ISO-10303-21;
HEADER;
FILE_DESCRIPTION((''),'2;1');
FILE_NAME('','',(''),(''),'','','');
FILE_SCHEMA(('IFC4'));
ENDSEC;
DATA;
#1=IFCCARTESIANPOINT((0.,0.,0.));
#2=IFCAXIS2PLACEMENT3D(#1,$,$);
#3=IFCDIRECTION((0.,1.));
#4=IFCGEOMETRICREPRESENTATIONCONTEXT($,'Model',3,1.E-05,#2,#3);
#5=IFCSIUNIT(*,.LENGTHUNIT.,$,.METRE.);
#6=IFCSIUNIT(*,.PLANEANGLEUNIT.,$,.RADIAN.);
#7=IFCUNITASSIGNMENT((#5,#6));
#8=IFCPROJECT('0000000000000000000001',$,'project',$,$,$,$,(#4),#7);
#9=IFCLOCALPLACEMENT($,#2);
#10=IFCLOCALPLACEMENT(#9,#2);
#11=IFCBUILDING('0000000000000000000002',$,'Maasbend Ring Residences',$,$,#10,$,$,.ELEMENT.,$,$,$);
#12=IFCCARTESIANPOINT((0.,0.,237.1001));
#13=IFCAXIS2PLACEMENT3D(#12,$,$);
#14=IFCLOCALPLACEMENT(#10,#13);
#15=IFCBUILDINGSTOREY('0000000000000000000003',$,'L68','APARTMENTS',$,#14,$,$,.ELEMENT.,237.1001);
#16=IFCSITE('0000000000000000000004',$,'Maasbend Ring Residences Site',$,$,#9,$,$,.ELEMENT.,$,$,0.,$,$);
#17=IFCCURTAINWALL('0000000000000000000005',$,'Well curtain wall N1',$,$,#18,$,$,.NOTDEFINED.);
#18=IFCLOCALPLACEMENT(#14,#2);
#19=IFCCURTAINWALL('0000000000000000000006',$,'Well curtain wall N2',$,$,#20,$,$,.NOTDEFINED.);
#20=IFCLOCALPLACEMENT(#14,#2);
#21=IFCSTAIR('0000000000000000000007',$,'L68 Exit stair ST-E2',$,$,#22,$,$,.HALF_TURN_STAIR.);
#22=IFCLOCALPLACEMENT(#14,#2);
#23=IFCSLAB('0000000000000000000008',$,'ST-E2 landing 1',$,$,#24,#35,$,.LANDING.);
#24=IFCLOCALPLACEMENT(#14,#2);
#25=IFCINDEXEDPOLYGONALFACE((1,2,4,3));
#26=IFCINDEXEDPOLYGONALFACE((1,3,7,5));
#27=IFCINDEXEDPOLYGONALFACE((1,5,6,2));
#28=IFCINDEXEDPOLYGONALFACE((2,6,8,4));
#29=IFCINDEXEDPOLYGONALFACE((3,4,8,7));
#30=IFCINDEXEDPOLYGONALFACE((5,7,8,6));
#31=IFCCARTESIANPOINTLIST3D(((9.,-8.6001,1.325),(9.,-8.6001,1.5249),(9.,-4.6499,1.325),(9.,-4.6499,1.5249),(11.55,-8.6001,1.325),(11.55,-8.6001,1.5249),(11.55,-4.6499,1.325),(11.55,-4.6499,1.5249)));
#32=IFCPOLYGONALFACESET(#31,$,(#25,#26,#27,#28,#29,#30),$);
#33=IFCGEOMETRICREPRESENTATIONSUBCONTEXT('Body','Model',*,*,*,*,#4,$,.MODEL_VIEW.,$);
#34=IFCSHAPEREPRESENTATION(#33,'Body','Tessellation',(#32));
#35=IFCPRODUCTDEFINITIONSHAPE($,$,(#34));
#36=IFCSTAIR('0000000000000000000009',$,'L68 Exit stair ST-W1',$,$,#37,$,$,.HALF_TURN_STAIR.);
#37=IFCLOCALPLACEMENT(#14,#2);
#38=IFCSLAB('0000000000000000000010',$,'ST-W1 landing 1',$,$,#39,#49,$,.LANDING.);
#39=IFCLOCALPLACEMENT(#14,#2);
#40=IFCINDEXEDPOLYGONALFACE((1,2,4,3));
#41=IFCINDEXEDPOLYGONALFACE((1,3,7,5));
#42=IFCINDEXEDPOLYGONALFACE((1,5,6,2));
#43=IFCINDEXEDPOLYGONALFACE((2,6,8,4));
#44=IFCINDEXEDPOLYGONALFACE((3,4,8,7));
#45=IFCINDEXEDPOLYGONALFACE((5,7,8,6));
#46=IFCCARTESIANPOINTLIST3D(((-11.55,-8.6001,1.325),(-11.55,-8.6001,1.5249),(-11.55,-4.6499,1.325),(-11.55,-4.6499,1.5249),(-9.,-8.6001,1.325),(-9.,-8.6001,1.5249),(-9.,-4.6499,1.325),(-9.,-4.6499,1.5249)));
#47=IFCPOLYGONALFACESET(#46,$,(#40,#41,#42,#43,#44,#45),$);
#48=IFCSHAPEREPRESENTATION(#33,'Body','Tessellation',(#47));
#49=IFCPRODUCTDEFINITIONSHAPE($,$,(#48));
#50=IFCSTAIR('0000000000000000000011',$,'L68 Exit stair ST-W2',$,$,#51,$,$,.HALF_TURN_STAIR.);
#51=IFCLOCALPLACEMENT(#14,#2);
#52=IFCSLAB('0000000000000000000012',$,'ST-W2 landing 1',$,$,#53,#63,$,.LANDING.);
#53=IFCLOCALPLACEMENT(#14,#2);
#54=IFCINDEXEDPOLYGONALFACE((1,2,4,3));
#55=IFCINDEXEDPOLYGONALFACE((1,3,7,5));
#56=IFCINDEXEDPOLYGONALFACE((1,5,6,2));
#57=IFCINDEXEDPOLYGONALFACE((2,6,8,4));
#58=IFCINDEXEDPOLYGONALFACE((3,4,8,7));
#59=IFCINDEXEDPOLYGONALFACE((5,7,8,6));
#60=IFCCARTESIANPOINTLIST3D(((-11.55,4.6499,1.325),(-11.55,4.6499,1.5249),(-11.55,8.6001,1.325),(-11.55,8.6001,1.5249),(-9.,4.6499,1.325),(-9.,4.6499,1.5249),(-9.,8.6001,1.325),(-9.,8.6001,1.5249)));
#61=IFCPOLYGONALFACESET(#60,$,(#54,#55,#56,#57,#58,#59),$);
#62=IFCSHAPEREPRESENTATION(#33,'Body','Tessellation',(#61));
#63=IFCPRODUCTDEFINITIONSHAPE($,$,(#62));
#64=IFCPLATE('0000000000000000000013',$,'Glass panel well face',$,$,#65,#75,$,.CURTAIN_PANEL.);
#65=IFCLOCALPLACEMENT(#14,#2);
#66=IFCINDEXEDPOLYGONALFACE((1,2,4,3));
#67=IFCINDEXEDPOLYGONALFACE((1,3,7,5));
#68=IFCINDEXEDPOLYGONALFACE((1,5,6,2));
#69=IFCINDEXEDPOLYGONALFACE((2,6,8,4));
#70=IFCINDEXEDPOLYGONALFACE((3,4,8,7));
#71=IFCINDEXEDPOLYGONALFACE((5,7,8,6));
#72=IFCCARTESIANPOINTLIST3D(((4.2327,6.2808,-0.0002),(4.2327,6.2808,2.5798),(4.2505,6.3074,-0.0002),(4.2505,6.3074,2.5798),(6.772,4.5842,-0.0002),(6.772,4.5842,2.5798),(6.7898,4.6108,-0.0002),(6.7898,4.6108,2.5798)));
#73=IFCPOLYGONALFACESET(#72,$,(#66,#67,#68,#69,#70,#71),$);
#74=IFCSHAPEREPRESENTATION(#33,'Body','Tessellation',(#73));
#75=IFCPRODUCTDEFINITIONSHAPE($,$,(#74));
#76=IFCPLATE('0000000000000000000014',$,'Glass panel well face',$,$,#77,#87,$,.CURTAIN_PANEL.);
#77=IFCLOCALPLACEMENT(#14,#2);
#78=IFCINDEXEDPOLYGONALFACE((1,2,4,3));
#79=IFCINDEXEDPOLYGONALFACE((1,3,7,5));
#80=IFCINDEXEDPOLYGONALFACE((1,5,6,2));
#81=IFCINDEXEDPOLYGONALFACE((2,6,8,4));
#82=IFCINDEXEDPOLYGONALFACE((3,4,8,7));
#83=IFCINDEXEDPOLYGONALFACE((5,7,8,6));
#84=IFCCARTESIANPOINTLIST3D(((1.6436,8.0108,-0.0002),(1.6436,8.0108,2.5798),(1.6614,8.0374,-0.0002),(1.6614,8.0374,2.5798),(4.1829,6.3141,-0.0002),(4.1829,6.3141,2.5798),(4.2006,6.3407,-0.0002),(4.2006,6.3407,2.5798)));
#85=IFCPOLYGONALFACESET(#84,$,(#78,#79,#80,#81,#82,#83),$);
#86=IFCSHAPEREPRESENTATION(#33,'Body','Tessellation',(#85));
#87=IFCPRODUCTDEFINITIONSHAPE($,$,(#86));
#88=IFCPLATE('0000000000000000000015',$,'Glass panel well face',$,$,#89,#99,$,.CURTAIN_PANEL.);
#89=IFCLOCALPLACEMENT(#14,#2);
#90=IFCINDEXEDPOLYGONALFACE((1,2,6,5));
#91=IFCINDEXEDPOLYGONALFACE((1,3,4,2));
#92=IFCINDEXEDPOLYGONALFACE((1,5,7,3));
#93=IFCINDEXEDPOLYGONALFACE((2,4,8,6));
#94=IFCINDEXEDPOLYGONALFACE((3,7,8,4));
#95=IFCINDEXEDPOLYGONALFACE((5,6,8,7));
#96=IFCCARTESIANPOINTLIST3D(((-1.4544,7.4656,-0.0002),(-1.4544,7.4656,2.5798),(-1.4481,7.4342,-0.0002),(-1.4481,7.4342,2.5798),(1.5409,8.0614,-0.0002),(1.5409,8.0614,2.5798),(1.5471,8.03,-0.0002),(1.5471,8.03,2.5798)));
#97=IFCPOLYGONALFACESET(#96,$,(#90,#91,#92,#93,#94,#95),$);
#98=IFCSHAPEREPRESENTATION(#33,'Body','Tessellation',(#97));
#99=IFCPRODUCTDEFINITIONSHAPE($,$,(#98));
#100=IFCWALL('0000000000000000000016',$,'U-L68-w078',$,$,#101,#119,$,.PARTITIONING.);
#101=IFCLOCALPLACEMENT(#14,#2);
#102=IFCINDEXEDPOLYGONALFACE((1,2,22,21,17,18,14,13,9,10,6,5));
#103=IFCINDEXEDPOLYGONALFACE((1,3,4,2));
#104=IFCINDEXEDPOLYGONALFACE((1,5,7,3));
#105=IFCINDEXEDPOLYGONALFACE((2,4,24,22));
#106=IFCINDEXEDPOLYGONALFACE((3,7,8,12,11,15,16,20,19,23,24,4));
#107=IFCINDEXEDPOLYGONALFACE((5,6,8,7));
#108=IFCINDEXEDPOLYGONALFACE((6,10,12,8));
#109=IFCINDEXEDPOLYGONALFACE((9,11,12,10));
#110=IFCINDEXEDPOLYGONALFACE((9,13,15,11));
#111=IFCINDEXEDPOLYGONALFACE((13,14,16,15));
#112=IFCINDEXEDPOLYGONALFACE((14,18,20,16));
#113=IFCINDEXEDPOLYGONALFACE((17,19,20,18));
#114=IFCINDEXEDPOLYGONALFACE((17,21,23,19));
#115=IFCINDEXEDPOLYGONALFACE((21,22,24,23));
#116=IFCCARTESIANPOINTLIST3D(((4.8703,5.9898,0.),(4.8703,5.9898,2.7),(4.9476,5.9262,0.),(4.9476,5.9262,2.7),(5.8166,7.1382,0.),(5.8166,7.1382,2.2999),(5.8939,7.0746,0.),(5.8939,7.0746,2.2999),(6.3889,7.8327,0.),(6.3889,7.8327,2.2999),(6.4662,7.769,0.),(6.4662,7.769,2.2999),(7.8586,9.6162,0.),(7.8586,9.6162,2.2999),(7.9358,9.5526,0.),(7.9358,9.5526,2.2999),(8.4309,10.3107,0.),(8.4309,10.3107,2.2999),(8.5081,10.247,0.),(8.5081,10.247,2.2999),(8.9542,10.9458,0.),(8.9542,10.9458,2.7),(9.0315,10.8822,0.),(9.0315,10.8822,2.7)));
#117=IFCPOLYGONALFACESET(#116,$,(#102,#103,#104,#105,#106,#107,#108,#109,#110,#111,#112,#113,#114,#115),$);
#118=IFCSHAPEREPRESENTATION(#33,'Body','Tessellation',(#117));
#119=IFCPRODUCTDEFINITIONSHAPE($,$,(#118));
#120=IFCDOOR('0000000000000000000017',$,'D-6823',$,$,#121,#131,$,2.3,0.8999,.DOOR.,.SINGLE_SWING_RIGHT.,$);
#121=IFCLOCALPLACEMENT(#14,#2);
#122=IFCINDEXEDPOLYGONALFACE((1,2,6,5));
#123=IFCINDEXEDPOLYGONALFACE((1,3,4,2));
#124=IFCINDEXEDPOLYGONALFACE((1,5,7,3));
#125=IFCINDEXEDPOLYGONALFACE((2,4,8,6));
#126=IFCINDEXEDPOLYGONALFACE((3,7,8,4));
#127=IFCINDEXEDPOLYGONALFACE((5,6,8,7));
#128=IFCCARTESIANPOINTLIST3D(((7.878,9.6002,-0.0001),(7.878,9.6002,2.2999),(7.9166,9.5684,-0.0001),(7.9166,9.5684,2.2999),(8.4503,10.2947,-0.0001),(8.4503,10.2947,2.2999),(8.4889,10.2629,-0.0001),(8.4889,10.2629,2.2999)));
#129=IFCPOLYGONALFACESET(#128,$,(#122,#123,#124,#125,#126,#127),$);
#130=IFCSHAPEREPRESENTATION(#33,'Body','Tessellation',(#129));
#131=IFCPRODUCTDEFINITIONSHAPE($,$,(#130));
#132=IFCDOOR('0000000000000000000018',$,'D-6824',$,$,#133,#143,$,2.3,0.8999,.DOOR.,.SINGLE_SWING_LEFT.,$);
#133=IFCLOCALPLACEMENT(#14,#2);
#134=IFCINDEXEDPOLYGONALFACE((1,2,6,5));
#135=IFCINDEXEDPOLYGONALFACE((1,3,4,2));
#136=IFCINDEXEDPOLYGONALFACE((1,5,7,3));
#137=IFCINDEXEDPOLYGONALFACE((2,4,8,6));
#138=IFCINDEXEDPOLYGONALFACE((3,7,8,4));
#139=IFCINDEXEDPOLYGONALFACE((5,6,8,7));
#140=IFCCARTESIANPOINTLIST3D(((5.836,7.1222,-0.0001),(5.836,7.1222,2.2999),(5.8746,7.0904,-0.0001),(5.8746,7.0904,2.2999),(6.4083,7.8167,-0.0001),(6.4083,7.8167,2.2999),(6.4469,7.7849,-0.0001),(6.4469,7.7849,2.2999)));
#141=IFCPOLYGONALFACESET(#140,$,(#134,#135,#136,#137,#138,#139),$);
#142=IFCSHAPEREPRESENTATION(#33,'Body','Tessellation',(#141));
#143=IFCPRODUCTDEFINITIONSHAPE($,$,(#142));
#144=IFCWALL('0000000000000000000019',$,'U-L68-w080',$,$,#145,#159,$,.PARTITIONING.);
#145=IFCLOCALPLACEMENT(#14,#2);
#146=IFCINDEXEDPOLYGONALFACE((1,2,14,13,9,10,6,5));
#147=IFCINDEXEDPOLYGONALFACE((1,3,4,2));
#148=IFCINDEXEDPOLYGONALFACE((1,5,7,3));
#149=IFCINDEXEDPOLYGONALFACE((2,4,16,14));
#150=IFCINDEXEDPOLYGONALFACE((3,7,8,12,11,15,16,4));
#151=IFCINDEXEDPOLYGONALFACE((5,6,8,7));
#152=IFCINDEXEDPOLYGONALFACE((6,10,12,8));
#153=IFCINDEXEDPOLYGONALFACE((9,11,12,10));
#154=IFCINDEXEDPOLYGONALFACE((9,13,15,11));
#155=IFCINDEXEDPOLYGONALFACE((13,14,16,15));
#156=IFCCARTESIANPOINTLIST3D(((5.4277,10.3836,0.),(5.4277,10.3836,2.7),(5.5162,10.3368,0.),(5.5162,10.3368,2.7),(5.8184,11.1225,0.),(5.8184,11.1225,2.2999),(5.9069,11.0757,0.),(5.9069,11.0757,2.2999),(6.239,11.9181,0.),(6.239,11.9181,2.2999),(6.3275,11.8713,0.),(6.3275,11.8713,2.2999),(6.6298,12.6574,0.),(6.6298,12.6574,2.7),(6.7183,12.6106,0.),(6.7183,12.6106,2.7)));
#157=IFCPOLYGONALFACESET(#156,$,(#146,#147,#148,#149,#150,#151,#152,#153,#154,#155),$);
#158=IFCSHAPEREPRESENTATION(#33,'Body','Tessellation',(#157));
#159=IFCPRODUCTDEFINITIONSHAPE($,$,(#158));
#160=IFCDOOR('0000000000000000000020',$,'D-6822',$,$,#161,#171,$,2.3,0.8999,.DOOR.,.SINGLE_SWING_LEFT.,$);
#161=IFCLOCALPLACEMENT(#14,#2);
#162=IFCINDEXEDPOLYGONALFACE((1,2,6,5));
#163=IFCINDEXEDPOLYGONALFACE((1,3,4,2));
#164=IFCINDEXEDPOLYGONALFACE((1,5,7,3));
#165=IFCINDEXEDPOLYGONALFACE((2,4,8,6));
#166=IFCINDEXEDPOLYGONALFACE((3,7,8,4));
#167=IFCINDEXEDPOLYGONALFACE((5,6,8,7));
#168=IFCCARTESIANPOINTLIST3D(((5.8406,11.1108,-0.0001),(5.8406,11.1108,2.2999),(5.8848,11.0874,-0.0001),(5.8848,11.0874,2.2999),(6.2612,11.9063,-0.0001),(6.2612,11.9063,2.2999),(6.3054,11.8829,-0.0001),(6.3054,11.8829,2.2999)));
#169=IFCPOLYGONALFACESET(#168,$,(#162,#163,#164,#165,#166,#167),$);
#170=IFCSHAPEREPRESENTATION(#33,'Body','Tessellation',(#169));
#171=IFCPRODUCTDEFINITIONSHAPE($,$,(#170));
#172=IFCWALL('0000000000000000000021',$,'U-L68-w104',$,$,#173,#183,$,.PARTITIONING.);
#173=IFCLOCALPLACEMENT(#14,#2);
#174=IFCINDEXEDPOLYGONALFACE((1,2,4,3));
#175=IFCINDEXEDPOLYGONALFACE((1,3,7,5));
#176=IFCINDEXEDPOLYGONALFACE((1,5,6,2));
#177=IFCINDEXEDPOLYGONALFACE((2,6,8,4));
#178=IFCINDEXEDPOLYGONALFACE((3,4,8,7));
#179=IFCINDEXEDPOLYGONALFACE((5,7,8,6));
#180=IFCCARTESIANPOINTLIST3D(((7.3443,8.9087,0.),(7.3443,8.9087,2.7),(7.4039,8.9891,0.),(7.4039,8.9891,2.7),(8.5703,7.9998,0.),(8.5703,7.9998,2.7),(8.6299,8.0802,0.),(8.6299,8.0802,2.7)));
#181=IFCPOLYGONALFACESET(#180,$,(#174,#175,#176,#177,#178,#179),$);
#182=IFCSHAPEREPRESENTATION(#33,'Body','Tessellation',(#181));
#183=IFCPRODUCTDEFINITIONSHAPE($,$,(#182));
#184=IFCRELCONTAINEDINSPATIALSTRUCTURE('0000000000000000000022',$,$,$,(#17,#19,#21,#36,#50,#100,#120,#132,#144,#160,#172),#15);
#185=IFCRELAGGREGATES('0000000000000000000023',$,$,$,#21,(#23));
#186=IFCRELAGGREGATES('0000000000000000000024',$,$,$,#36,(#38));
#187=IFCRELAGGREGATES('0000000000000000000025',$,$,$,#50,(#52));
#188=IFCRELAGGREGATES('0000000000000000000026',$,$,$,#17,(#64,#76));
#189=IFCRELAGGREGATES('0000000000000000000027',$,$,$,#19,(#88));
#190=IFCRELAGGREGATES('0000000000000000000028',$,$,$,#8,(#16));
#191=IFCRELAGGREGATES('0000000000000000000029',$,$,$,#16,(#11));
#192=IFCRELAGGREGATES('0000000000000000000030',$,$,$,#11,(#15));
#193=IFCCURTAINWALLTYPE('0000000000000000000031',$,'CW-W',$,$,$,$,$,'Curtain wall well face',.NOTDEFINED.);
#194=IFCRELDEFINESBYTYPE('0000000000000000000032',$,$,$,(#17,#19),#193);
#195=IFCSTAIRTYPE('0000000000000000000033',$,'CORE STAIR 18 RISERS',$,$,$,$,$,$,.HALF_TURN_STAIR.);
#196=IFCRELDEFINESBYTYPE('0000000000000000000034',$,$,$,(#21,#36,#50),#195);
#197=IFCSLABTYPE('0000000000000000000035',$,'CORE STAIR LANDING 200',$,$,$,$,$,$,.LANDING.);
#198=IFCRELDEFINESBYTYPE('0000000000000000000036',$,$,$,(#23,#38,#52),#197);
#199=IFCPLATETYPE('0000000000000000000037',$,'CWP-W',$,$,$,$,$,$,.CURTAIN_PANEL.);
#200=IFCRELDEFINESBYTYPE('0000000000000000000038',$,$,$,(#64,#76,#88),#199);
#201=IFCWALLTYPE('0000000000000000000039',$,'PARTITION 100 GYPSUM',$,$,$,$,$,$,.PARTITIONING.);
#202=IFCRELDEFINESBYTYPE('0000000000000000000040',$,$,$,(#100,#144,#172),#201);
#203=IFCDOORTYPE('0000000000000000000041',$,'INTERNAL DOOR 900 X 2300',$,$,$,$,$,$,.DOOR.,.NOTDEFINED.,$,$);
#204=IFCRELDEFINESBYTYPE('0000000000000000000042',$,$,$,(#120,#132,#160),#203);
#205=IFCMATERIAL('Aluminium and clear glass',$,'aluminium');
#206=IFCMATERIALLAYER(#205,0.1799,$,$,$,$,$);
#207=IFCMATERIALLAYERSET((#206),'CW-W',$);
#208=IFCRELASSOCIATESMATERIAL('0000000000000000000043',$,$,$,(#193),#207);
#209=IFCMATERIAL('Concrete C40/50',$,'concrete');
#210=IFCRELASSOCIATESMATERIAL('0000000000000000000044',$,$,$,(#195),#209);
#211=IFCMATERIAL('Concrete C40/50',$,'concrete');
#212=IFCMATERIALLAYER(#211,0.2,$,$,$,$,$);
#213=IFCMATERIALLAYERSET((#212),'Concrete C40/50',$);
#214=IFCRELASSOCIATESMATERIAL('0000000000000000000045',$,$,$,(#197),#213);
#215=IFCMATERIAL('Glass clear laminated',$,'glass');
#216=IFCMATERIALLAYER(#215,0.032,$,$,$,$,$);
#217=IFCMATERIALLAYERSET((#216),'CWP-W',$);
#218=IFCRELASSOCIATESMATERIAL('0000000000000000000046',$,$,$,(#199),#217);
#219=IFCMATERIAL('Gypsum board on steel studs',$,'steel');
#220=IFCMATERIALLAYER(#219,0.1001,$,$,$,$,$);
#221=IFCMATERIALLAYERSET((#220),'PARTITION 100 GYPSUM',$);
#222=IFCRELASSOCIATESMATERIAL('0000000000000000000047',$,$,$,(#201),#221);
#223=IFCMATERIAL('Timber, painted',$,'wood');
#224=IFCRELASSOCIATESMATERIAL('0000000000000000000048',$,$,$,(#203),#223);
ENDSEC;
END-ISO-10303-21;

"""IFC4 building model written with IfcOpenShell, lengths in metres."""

from ifc_helpers import new_model, si_unit, direction, frame, frame_2d, origin, origin_2d, place, context, subcontext, project, spatial, polyline, rectangle, outline, extrude, material, layer, layer_set, type_object, element, fill, aggregate, save


model = new_model("IFC4")

# Units and contexts
model_context = context("Model", 3, precision=1e-05, world=origin(), true_north=direction((0.0, 1.0)))
body_context = subcontext(model_context, "Body", "Model", "MODEL_VIEW")
ifc_project = project(units=[si_unit("LENGTHUNIT", "METRE"), si_unit("PLANEANGLEUNIT", "RADIAN")], contexts=[model_context])

# Site, building, storey
site_placement = place(None, origin())
site = spatial("IfcSite", under=ifc_project, at=site_placement, Name="Maasbend Ring Residences Site", CompositionType="ELEMENT", RefElevation=0.0)
building_placement = place(site_placement, origin())
building = spatial("IfcBuilding", under=site, at=building_placement, Name="Maasbend Ring Residences", CompositionType="ELEMENT")
storey_placement = place(building_placement, frame((0.0, 0.0, 237.1001)))
storey = spatial("IfcBuildingStorey", under=building, at=storey_placement, Name="L68", Description="APARTMENTS", CompositionType="ELEMENT", Elevation=237.1001)

# Curtain wall
ifc_material_1 = material(Name="Aluminium and clear glass", Category="aluminium")
ifc_layer_1 = layer(ifc_material_1, 0.1799)
ifc_layer_set_1 = layer_set([ifc_layer_1], Name="CW-W")
curtain_wall_type = type_object("IfcCurtainWallType", Name="CW-W", ElementType="Curtain wall well face", PredefinedType="NOTDEFINED", material=ifc_layer_set_1)
curtain_wall_1_placement = place(storey_placement, origin())
curtain_wall_1 = element("IfcCurtainWall", 1, at=curtain_wall_1_placement, inside=storey, type_object=curtain_wall_type, Name="Well curtain wall N1", PredefinedType="NOTDEFINED")

# Curtain wall
curtain_wall_2_placement = place(storey_placement, origin())
curtain_wall_2 = element("IfcCurtainWall", 2, at=curtain_wall_2_placement, inside=storey, type_object=curtain_wall_type, Name="Well curtain wall N2", PredefinedType="NOTDEFINED")

# Stairs, slabs
ifc_material_2 = material(Name="Concrete C40/50", Category="concrete")
stair_type = type_object("IfcStairType", Name="CORE STAIR 18 RISERS", PredefinedType="HALF_TURN_STAIR", material=ifc_material_2)
stair_1_placement = place(storey_placement, origin())
stair_1 = element("IfcStair", 3, at=stair_1_placement, inside=storey, type_object=stair_type, Name="L68 Exit stair ST-E2", PredefinedType="HALF_TURN_STAIR")
ifc_material_3 = material(Name="Concrete C40/50", Category="concrete")
ifc_layer_2 = layer(ifc_material_3, 0.2)
ifc_layer_set_2 = layer_set([ifc_layer_2], Name="Concrete C40/50")
slab_type = type_object("IfcSlabType", Name="CORE STAIR LANDING 200", PredefinedType="LANDING", material=ifc_layer_set_2)
slab_1_placement = place(storey_placement, frame((0.0, 0.0, 1.325)))
slab_1 = element("IfcSlab", 4, at=slab_1_placement, type_object=slab_type, Name="ST-E2 landing 1", PredefinedType="LANDING", context=body_context, shape_type="SweptSolid", body=[
    extrude(outline(polyline([(11.55, -4.6499), (9.0, -4.6499), (9.0, -8.6001), (11.55, -8.6001), (11.55, -4.6499)])), origin(), (0.0, 0.0, 1.0), 0.2),
])
aggregate(stair_1, [slab_1])
stair_2_placement = place(storey_placement, origin())
stair_2 = element("IfcStair", 5, at=stair_2_placement, inside=storey, type_object=stair_type, Name="L68 Exit stair ST-W1", PredefinedType="HALF_TURN_STAIR")
slab_2_placement = place(storey_placement, frame((0.0, 0.0, 1.325)))
slab_2 = element("IfcSlab", 6, at=slab_2_placement, type_object=slab_type, Name="ST-W1 landing 1", PredefinedType="LANDING", context=body_context, shape_type="SweptSolid", body=[
    extrude(outline(polyline([(-11.55, -8.6001), (-9.0, -8.6001), (-9.0, -4.6499), (-11.55, -4.6499), (-11.55, -8.6001)])), origin(), (0.0, 0.0, 1.0), 0.2),
])
aggregate(stair_2, [slab_2])
stair_3_placement = place(storey_placement, origin())
stair_3 = element("IfcStair", 7, at=stair_3_placement, inside=storey, type_object=stair_type, Name="L68 Exit stair ST-W2", PredefinedType="HALF_TURN_STAIR")
slab_3_placement = place(storey_placement, frame((0.0, 0.0, 1.325)))
slab_3 = element("IfcSlab", 8, at=slab_3_placement, type_object=slab_type, Name="ST-W2 landing 1", PredefinedType="LANDING", context=body_context, shape_type="SweptSolid", body=[
    extrude(outline(polyline([(-11.55, 4.6499), (-9.0, 4.6499), (-9.0, 8.6001), (-11.55, 8.6001), (-11.55, 4.6499)])), origin(), (0.0, 0.0, 1.0), 0.2),
])
aggregate(stair_3, [slab_3])

# Plates
ifc_material_4 = material(Name="Glass clear laminated", Category="glass")
ifc_layer_3 = layer(ifc_material_4, 0.032)
ifc_layer_set_3 = layer_set([ifc_layer_3], Name="CWP-W")
plate_type = type_object("IfcPlateType", Name="CWP-W", PredefinedType="CURTAIN_PANEL", material=ifc_layer_set_3)
plate_1_placement = place(storey_placement, frame((5.5112, 5.4458, -0.0002), z_axis=(0.0, 0.0, 1.0), x_axis=(-0.83147, 0.55557, 0.0)))
plate_1 = element("IfcPlate", 9, at=plate_1_placement, type_object=plate_type, Name="Glass panel well face", PredefinedType="CURTAIN_PANEL", context=body_context, shape_type="SweptSolid", body=[
    extrude(rectangle(XDim=3.054, YDim=0.032, at=origin_2d()), origin(), (0.0, 0.0, 1.0), 2.5801),
])
plate_2_placement = place(storey_placement, frame((2.9221, 7.1758, -0.0002), z_axis=(0.0, 0.0, 1.0), x_axis=(-0.83147, 0.55557, 0.0)))
plate_2 = element("IfcPlate", 10, at=plate_2_placement, type_object=plate_type, Name="Glass panel well face", PredefinedType="CURTAIN_PANEL", context=body_context, shape_type="SweptSolid", body=[
    extrude(rectangle(XDim=3.054, YDim=0.032, at=origin_2d()), origin(), (0.0, 0.0, 1.0), 2.5801),
])
aggregate(curtain_wall_1, [plate_1, plate_2])
plate_3_placement = place(storey_placement, frame((0.0464, 7.7478, -0.0002), z_axis=(0.0, 0.0, 1.0), x_axis=(-0.980785, -0.19509, 0.0)))
plate_3 = element("IfcPlate", 11, at=plate_3_placement, type_object=plate_type, Name="Glass panel well face", PredefinedType="CURTAIN_PANEL", context=body_context, shape_type="SweptSolid", body=[
    extrude(rectangle(XDim=3.054, YDim=0.032, at=origin_2d()), origin(), (0.0, 0.0, 1.0), 2.5801),
])
aggregate(curtain_wall_2, [plate_3])

# Wall, openings, doors
ifc_material_5 = material(Name="Gypsum board on steel studs", Category="steel")
ifc_layer_4 = layer(ifc_material_5, 0.1001)
ifc_layer_set_4 = layer_set([ifc_layer_4], Name="PARTITION 100 GYPSUM")
wall_type_1 = type_object("IfcWallType", Name="PARTITION 100 GYPSUM", PredefinedType="PARTITIONING", material=ifc_layer_set_4)
wall_1_placement = place(storey_placement, frame((4.9089, 5.958, 0.0), z_axis=(0.0, 0.0, 1.0), x_axis=(0.635942, 0.771737, 0.0)))
wall_1 = element("IfcWall", 12, at=wall_1_placement, inside=storey, type_object=wall_type_1, Name="U-L68-w078", PredefinedType="PARTITIONING", context=body_context, shape_type="SweptSolid", body=[
    extrude(rectangle(XDim=6.4219, YDim=0.1001, at=frame_2d((3.2109, 0.0))), origin(), (0.0, 0.0, 1.0), 2.7),
])
opening_1_placement = place(wall_1_placement, frame((4.699, 0.0, 0.0)))
opening_1 = element("IfcOpeningElement", 13, at=opening_1_placement, cuts=wall_1, PredefinedType="OPENING", context=body_context, shape_type="SweptSolid", body=[
    extrude(rectangle(XDim=0.8999, YDim=2.3, at=frame_2d((0.45, 1.1499))), frame((0.0, 0.0601, 0.0), z_axis=(0.0, -1.0, 0.0), x_axis=(1.0, 0.0, 0.0)), (0.0, 0.0, 1.0), 0.1201),
])
opening_2_placement = place(wall_1_placement, frame((1.488, 0.0, 0.0)))
opening_2 = element("IfcOpeningElement", 14, at=opening_2_placement, cuts=wall_1, PredefinedType="OPENING", context=body_context, shape_type="SweptSolid", body=[
    extrude(rectangle(XDim=0.8999, YDim=2.3, at=frame_2d((0.45, 1.1499))), frame((0.0, 0.0601, 0.0), z_axis=(0.0, -1.0, 0.0), x_axis=(1.0, 0.0, 0.0)), (0.0, 0.0, 1.0), 0.1201),
])
ifc_material_6 = material(Name="Timber, painted", Category="wood")
door_type = type_object("IfcDoorType", Name="INTERNAL DOOR 900 X 2300", OperationType="NOTDEFINED", PredefinedType="DOOR", material=ifc_material_6)
door_1_placement = place(opening_1_placement, origin())
door_1 = element("IfcDoor", 15, at=door_1_placement, inside=storey, type_object=door_type, Name="D-6823", OperationType="SINGLE_SWING_RIGHT", OverallHeight=2.3, OverallWidth=0.8999, PredefinedType="DOOR", context=body_context, shape_type="SweptSolid", body=[
    extrude(rectangle(XDim=0.8999, YDim=2.3, at=frame_2d((0.45, 1.1499))), frame((0.0, 0.0249, 0.0), z_axis=(0.0, -1.0, 0.0), x_axis=(1.0, 0.0, 0.0)), (0.0, 0.0, 1.0), 0.05),
])
fill(opening_1, door_1)
door_2_placement = place(opening_2_placement, origin())
door_2 = element("IfcDoor", 16, at=door_2_placement, inside=storey, type_object=door_type, Name="D-6824", OperationType="SINGLE_SWING_LEFT", OverallHeight=2.3, OverallWidth=0.8999, PredefinedType="DOOR", context=body_context, shape_type="SweptSolid", body=[
    extrude(rectangle(XDim=0.8999, YDim=2.3, at=frame_2d((0.45, 1.1499))), frame((0.0, 0.0249, 0.0), z_axis=(0.0, -1.0, 0.0), x_axis=(1.0, 0.0, 0.0)), (0.0, 0.0, 1.0), 0.05),
])
fill(opening_2, door_2)

# Wall, opening, door
wall_2_placement = place(storey_placement, frame((5.4719, 10.3601, 0.0), z_axis=(0.0, 0.0, 1.0), x_axis=(0.467373, 0.88406, 0.0)))
wall_2 = element("IfcWall", 17, at=wall_2_placement, inside=storey, type_object=wall_type_1, Name="U-L68-w080", PredefinedType="PARTITIONING", context=body_context, shape_type="SweptSolid", body=[
    extrude(rectangle(XDim=2.572, YDim=0.1001, at=frame_2d((1.2861, 0.0))), origin(), (0.0, 0.0, 1.0), 2.7),
])
opening_3_placement = place(wall_2_placement, frame((0.8359, 0.0, 0.0)))
opening_3 = element("IfcOpeningElement", 18, at=opening_3_placement, cuts=wall_2, PredefinedType="OPENING", context=body_context, shape_type="SweptSolid", body=[
    extrude(rectangle(XDim=0.8999, YDim=2.3, at=frame_2d((0.45, 1.1499))), frame((0.0, 0.0601, 0.0), z_axis=(0.0, -1.0, 0.0), x_axis=(1.0, 0.0, 0.0)), (0.0, 0.0, 1.0), 0.1201),
])
door_3_placement = place(opening_3_placement, origin())
door_3 = element("IfcDoor", 19, at=door_3_placement, inside=storey, type_object=door_type, Name="D-6822", OperationType="SINGLE_SWING_LEFT", OverallHeight=2.3, OverallWidth=0.8999, PredefinedType="DOOR", context=body_context, shape_type="SweptSolid", body=[
    extrude(rectangle(XDim=0.8999, YDim=2.3, at=frame_2d((0.45, 1.1499))), frame((0.0, 0.0249, 0.0), z_axis=(0.0, -1.0, 0.0), x_axis=(1.0, 0.0, 0.0)), (0.0, 0.0, 1.0), 0.05),
])
fill(opening_3, door_3)

# Wall
wall_3_placement = place(storey_placement, frame((7.374, 8.949, 0.0), z_axis=(0.0, 0.0, 1.0), x_axis=(0.803328, -0.595537, 0.0)))
element("IfcWall", 20, at=wall_3_placement, inside=storey, type_object=wall_type_1, Name="U-L68-w104", PredefinedType="PARTITIONING", context=body_context, shape_type="SweptSolid", body=[
    extrude(rectangle(XDim=1.5261, YDim=0.1001, at=frame_2d((0.7632, 0.0))), origin(), (0.0, 0.0, 1.0), 2.7),
])

save(model, "model.ifc")
